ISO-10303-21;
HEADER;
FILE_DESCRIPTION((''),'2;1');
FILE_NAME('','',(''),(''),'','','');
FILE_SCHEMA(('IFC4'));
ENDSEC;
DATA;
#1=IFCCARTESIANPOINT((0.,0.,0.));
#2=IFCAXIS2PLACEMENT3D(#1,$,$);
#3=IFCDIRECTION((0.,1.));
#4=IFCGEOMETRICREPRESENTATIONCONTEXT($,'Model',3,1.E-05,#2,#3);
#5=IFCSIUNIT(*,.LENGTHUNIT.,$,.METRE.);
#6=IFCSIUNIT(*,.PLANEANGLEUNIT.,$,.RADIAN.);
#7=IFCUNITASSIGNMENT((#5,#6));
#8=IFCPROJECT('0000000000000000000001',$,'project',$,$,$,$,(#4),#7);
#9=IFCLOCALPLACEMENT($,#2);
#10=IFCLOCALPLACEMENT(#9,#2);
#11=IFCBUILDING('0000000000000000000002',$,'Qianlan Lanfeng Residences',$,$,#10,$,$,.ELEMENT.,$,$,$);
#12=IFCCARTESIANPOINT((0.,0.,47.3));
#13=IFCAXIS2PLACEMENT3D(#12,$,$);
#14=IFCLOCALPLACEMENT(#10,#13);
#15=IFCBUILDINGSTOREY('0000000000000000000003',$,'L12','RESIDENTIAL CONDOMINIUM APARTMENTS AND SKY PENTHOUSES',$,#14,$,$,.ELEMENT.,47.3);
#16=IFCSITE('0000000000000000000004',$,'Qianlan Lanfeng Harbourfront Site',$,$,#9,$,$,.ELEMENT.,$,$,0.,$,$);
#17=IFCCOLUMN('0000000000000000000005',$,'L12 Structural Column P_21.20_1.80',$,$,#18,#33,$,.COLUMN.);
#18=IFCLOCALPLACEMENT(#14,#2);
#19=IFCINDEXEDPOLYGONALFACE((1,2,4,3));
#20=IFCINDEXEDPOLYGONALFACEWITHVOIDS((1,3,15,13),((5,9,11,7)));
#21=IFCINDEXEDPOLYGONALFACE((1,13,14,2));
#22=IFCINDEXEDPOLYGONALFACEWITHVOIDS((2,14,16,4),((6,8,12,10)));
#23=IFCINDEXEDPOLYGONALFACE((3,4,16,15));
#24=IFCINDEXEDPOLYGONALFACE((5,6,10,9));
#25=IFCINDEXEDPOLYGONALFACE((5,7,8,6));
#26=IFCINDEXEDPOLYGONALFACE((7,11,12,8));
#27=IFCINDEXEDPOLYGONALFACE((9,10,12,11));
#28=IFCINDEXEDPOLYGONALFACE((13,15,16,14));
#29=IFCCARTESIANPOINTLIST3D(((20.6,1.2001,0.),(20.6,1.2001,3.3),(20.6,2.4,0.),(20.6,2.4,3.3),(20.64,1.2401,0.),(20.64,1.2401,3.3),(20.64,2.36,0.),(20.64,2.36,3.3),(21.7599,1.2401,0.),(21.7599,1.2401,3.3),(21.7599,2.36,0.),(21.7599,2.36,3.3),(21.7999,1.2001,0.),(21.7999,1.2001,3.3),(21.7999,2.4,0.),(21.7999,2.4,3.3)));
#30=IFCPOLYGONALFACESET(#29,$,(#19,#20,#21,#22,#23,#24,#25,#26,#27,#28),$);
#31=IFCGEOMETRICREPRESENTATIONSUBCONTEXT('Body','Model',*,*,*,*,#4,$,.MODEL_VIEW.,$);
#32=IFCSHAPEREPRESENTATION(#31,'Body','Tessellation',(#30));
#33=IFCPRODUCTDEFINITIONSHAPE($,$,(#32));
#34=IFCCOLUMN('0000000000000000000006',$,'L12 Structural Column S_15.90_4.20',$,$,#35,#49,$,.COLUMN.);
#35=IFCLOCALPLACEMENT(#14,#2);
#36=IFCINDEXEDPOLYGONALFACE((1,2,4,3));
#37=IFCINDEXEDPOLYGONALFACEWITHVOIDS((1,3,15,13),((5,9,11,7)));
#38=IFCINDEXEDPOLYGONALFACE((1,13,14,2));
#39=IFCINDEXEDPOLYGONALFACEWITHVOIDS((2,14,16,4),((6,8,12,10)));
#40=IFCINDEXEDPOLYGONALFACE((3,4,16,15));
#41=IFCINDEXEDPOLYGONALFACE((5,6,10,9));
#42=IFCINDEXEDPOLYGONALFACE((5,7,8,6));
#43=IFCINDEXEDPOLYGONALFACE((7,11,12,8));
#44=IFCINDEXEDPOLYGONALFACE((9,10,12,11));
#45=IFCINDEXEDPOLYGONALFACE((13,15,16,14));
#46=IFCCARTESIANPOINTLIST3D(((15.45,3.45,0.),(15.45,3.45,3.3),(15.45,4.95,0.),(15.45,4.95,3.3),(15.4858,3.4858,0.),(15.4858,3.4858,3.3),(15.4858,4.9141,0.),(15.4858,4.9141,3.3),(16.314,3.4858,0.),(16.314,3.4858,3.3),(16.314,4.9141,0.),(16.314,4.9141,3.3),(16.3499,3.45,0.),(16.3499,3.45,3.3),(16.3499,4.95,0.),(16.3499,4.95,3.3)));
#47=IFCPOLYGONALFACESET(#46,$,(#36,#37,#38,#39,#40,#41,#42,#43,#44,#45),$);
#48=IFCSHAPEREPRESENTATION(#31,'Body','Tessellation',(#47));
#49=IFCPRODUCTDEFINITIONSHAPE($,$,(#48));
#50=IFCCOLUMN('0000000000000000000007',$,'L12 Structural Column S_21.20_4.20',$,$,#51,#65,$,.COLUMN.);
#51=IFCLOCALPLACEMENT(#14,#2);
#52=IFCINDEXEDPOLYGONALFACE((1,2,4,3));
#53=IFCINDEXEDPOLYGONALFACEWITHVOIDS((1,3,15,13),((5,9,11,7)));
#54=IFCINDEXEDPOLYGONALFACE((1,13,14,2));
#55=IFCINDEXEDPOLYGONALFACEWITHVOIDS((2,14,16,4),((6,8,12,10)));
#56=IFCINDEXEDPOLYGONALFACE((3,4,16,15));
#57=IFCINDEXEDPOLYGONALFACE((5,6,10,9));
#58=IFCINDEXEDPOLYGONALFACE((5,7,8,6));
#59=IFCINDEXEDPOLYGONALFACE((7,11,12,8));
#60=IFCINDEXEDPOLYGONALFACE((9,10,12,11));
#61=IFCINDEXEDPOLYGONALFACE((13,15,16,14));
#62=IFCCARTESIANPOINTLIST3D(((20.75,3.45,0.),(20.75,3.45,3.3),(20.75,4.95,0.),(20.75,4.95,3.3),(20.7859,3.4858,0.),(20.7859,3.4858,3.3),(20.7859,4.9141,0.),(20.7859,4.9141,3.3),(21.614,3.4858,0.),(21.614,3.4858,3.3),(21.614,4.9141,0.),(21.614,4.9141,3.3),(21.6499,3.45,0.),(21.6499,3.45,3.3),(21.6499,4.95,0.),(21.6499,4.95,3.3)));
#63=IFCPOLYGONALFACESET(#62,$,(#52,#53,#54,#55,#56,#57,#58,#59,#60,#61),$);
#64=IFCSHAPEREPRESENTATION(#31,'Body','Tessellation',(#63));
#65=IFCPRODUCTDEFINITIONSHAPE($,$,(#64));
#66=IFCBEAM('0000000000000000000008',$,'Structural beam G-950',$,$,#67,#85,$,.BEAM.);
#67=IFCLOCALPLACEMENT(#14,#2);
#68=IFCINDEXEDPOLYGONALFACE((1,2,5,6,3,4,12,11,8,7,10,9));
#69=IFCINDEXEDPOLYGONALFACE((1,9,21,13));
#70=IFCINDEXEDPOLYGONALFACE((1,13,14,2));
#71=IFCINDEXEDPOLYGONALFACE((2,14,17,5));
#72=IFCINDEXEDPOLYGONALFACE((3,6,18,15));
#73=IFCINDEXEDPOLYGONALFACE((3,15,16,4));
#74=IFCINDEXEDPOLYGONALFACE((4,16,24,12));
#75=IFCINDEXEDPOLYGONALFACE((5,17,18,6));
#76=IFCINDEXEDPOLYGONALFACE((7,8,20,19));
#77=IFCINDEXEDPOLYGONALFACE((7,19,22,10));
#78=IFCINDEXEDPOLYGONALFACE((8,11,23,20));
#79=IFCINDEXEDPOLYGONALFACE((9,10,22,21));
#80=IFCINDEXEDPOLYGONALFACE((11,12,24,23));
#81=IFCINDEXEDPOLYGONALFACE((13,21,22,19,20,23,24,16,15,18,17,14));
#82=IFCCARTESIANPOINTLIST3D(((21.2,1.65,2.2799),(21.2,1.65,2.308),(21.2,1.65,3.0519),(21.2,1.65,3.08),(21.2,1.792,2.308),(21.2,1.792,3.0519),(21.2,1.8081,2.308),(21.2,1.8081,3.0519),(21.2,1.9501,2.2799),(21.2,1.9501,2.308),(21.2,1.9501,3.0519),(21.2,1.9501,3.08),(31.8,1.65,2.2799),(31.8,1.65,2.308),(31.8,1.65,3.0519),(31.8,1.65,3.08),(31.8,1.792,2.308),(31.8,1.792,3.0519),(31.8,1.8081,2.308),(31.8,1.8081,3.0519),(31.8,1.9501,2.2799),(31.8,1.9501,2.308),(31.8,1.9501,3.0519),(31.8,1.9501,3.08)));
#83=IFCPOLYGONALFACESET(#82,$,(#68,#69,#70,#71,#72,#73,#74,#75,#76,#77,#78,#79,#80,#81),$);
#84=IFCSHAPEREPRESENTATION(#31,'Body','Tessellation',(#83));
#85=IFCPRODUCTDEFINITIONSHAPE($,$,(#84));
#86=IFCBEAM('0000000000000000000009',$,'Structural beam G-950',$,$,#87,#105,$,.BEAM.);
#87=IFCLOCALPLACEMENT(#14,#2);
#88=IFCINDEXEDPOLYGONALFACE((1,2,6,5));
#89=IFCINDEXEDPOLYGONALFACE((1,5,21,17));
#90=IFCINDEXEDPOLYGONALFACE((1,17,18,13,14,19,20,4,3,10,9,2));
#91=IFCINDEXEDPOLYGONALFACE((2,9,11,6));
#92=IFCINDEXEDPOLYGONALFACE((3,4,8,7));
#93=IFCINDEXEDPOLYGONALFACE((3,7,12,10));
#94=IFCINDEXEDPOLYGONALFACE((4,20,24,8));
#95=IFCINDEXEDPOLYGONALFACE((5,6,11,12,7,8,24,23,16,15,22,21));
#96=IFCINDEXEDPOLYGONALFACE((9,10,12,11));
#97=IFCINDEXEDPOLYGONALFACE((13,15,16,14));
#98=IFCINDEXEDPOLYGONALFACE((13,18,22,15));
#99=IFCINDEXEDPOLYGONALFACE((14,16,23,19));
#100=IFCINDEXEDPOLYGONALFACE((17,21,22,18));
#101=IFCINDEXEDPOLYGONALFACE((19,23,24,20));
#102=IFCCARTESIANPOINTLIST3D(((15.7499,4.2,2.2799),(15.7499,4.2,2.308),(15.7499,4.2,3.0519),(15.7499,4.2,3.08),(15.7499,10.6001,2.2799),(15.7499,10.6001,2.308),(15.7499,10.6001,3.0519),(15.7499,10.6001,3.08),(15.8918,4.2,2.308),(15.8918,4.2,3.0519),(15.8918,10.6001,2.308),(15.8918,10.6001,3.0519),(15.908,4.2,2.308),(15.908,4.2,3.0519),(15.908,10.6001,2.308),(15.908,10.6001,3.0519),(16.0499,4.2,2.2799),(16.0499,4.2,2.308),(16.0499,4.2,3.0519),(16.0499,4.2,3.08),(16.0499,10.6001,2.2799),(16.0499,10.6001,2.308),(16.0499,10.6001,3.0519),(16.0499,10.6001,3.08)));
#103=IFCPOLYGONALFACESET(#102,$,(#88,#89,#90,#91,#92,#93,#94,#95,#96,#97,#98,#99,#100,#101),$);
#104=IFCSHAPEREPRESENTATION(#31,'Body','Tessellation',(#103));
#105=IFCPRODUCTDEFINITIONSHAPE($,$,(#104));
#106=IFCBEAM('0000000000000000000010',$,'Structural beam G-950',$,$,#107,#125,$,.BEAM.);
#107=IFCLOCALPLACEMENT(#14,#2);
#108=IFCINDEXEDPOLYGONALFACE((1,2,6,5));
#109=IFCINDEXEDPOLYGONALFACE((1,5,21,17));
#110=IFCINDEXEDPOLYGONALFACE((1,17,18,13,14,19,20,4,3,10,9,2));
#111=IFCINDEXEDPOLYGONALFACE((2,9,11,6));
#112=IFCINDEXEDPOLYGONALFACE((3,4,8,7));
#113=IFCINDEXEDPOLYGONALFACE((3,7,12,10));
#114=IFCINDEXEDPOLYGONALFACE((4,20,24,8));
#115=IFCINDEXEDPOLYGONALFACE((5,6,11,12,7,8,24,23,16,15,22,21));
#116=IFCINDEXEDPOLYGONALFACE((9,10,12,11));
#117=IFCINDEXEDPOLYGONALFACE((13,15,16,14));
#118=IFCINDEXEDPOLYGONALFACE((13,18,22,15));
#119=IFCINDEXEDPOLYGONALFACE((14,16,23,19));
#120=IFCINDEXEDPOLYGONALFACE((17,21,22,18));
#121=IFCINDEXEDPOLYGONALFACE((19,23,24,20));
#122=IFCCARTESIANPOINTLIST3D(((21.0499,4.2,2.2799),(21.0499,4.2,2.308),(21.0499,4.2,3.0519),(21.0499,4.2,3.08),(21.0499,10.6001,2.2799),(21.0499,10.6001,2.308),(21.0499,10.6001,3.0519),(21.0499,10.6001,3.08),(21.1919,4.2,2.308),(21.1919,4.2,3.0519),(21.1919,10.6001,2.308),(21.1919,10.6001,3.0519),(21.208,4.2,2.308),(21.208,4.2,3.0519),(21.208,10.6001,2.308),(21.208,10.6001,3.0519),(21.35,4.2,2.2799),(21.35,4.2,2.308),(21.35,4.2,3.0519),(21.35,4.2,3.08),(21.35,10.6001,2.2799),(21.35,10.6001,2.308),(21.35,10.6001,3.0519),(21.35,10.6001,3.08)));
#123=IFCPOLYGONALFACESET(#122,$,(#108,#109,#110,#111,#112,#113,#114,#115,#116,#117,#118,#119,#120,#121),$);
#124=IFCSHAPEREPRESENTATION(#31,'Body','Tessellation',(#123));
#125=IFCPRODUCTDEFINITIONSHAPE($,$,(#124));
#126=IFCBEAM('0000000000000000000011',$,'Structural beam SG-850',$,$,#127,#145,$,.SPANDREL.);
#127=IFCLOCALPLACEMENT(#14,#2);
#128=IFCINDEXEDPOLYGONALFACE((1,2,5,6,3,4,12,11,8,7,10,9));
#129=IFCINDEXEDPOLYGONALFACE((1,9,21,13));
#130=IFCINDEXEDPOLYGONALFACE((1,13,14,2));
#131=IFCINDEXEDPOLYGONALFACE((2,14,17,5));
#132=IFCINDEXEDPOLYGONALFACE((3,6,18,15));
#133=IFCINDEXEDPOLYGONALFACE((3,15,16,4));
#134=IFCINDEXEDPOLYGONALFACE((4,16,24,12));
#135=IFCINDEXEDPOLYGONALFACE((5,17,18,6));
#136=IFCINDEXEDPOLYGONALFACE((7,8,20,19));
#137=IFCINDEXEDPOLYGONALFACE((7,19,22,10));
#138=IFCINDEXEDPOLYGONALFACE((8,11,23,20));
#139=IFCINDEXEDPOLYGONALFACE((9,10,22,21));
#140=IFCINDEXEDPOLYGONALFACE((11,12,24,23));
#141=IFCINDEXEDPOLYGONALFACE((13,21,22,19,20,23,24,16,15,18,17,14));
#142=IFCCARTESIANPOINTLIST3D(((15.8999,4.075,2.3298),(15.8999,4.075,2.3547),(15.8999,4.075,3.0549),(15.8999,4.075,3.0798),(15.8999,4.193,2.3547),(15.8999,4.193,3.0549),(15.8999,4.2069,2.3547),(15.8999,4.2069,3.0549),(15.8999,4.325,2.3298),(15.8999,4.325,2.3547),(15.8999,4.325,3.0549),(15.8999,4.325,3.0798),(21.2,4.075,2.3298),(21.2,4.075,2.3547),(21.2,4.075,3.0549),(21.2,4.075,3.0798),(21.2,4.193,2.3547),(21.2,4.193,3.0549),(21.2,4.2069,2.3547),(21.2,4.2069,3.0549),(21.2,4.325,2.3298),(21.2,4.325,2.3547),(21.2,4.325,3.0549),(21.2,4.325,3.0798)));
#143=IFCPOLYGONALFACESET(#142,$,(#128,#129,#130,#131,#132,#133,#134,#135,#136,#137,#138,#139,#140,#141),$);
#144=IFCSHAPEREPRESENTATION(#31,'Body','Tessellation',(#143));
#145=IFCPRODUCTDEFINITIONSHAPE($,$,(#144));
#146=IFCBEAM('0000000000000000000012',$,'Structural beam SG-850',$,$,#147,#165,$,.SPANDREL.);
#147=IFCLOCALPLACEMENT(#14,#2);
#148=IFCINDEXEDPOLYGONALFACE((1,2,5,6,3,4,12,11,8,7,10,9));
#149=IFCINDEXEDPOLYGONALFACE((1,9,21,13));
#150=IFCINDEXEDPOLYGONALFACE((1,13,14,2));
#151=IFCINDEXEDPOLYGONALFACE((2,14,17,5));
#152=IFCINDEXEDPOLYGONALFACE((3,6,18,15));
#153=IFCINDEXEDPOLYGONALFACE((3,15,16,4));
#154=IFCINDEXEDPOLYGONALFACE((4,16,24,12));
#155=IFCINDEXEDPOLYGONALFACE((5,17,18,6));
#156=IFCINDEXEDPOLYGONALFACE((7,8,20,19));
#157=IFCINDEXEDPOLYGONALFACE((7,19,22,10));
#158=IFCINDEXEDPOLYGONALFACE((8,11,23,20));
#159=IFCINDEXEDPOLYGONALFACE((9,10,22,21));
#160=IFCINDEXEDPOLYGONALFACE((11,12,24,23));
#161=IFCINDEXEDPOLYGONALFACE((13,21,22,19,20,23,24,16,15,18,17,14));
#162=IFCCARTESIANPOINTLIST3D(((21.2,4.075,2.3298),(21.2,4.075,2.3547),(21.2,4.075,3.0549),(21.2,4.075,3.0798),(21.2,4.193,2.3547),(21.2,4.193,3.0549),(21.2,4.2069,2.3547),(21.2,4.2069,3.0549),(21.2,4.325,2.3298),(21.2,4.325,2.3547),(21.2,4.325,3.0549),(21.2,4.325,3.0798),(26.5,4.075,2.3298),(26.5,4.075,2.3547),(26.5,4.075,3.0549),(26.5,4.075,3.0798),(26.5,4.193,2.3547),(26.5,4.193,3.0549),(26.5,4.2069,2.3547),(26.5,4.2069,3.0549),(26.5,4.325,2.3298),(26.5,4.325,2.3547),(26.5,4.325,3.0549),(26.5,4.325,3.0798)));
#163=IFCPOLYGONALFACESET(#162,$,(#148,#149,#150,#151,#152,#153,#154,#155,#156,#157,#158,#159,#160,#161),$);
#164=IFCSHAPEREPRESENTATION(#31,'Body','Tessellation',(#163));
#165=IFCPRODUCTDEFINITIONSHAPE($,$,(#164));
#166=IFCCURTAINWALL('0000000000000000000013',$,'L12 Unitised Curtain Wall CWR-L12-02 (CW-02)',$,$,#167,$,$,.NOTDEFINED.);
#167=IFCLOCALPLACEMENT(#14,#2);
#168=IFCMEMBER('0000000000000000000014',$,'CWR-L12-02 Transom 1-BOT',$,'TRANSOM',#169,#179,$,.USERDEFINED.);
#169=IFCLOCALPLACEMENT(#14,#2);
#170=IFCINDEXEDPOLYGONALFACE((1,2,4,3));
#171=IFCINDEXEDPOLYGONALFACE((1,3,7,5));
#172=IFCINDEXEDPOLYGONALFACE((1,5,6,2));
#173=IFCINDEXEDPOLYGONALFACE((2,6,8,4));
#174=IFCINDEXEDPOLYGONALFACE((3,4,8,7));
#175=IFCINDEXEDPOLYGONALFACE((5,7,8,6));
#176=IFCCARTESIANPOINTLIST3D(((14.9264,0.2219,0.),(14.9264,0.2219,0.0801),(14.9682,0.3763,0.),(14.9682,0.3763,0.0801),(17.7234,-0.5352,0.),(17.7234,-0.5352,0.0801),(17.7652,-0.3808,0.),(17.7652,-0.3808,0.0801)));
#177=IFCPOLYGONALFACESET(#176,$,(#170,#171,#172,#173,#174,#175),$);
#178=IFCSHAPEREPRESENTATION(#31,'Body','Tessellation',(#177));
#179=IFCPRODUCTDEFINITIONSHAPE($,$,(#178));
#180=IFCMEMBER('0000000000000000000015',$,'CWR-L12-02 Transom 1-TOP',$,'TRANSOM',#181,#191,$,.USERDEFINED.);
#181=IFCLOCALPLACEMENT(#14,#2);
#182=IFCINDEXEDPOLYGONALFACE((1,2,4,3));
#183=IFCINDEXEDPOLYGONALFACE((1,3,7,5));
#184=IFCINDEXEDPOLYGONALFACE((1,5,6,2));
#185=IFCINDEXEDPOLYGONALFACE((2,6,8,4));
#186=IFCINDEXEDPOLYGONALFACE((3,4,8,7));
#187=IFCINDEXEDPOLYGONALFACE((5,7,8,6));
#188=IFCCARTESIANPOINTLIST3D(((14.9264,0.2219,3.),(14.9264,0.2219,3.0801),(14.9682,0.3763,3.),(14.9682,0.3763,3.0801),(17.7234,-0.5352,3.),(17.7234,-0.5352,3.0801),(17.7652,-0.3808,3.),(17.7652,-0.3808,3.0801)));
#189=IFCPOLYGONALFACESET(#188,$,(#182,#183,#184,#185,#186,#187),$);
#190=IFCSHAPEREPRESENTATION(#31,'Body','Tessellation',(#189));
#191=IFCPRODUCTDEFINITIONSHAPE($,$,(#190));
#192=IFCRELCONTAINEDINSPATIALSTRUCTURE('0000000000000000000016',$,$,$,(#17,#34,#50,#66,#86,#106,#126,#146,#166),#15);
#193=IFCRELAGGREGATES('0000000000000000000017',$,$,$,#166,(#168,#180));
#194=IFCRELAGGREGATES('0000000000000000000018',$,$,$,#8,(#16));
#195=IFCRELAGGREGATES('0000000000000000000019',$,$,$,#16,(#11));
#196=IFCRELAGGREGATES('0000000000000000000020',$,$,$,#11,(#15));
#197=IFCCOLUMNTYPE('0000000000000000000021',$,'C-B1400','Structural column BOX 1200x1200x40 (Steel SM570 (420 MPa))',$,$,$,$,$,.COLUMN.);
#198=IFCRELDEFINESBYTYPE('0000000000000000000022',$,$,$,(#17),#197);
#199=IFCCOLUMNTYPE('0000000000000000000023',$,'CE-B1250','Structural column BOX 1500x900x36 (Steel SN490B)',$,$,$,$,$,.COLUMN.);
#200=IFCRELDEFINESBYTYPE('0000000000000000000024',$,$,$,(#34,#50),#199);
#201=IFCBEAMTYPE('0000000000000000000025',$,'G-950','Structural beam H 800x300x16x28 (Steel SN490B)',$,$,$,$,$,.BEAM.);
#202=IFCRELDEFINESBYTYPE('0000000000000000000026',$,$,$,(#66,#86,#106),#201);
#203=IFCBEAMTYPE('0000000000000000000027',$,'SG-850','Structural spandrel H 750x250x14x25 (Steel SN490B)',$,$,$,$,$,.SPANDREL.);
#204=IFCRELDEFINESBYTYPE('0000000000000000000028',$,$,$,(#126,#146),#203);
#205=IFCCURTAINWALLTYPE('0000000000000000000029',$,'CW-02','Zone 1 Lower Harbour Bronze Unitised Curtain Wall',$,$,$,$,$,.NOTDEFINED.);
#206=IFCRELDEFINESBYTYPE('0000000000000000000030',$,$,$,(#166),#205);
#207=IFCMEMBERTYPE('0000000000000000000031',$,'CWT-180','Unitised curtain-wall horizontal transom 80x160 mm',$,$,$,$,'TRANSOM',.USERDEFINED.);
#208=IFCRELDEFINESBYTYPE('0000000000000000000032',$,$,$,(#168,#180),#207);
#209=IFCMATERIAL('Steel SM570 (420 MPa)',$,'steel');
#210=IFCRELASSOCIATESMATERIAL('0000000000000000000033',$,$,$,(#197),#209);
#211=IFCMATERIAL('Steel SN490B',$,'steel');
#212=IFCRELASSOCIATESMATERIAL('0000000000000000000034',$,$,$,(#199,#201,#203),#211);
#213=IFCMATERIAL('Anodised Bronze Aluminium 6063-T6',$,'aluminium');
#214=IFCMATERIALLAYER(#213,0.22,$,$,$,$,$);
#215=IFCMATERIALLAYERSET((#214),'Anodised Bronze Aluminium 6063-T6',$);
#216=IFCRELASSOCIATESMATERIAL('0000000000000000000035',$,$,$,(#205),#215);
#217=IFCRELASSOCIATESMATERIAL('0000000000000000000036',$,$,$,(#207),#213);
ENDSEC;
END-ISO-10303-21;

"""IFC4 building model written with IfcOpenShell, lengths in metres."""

from ifc_helpers import new_model, si_unit, direction, frame, origin, origin_2d, place, context, subcontext, project, spatial, rectangle, hollow_rectangle, i_section, extrude, source, transform, mapped, material, layer, layer_set, material_profile, profile_set, type_object, element, aggregate, save


model = new_model("IFC4")

# Units and contexts
model_context = context("Model", 3, precision=1e-05, world=origin(), true_north=direction((0.0, 1.0)))
body_context = subcontext(model_context, "Body", "Model", "MODEL_VIEW")
ifc_project = project(units=[si_unit("LENGTHUNIT", "METRE"), si_unit("PLANEANGLEUNIT", "RADIAN")], contexts=[model_context])

# Site, building, storey
site_placement = place(None, origin())
site = spatial("IfcSite", under=ifc_project, at=site_placement, Name="Qianlan Lanfeng Harbourfront Site", CompositionType="ELEMENT", RefElevation=0.0)
building_placement = place(site_placement, origin())
building = spatial("IfcBuilding", under=site, at=building_placement, Name="Qianlan Lanfeng Residences", CompositionType="ELEMENT")
storey_placement = place(building_placement, frame((0.0, 0.0, 47.3)))
storey = spatial("IfcBuildingStorey", under=building, at=storey_placement, Name="L12", Description="RESIDENTIAL CONDOMINIUM APARTMENTS AND SKY PENTHOUSES", CompositionType="ELEMENT", Elevation=47.3)

# Columns
ifc_material_1 = material(Name="Steel SM570 (420 MPa)", Category="steel")
ifc_material_profile_1 = material_profile(ifc_material_1, hollow_rectangle(XDim=1.2, YDim=1.2, WallThickness=0.04, at=origin_2d()), Name="BOX 1200x1200x40")
ifc_profile_set_1 = profile_set([ifc_material_profile_1], Name="Steel SM570 (420 MPa)")
column_type_1 = type_object("IfcColumnType", Name="C-B1400", Description="Structural column BOX 1200x1200x40 (Steel SM570 (420 MPa))", PredefinedType="COLUMN", material=ifc_profile_set_1)
column_placement = place(storey_placement, frame((21.2, 1.8, 0.0), z_axis=(0.0, 0.0, 1.0), x_axis=(1.0, 0.0, 0.0)))
element("IfcColumn", 1, at=column_placement, inside=storey, type_object=column_type_1, Name="L12 Structural Column P_21.20_1.80", PredefinedType="COLUMN", context=body_context, shape_type="SweptSolid", body=[
    extrude(hollow_rectangle(XDim=1.2, YDim=1.2, WallThickness=0.04, at=origin_2d()), origin(), (0.0, 0.0, 1.0), 3.3),
])
ifc_material_2 = material(Name="Steel SN490B", Category="steel")
ifc_material_profile_2 = material_profile(ifc_material_2, hollow_rectangle(XDim=0.8999, YDim=1.5, WallThickness=0.0359, at=origin_2d()), Name="BOX 1500x900x36")
ifc_profile_set_2 = profile_set([ifc_material_profile_2], Name="Steel SN490B")
column_type_2 = type_object("IfcColumnType", Name="CE-B1250", Description="Structural column BOX 1500x900x36 (Steel SN490B)", PredefinedType="COLUMN", material=ifc_profile_set_2)
for number, where, z_axis, x_axis, name in (
    (2, (15.8999, 4.2, 0.0), (0.0, 0.0, 1.0), (1.0, 0.0, 0.0), "L12 Structural Column S_15.90_4.20"),
    (3, (21.2, 4.2, 0.0), (0.0, 0.0, 1.0), (1.0, 0.0, 0.0), "L12 Structural Column S_21.20_4.20"),
):
    element("IfcColumn", number, at=place(storey_placement, frame(where, z_axis=z_axis, x_axis=x_axis)), inside=storey, type_object=column_type_2, Name=name, PredefinedType="COLUMN", context=body_context, shape_type="SweptSolid", body=[
        extrude(hollow_rectangle(XDim=0.8999, YDim=1.5, WallThickness=0.0359, at=origin_2d()), origin(), (0.0, 0.0, 1.0), 3.3),
    ])

# Beams
ifc_material_profile_3 = material_profile(ifc_material_2, i_section(OverallWidth=0.3, OverallDepth=0.8, WebThickness=0.0161, FlangeThickness=0.0281, at=origin_2d()), Name="H 800x300x16x28")
ifc_profile_set_3 = profile_set([ifc_material_profile_3], Name="Steel SN490B")
beam_type_1 = type_object("IfcBeamType", Name="G-950", Description="Structural beam H 800x300x16x28 (Steel SN490B)", PredefinedType="BEAM", material=ifc_profile_set_3)
beam_placement = place(storey_placement, frame((21.2, 1.8, 2.6799), z_axis=(1.0, 0.0, 0.0), x_axis=(0.0, 1.0, 0.0)))
element("IfcBeam", 4, at=beam_placement, inside=storey, type_object=beam_type_1, Name="Structural beam G-950", PredefinedType="BEAM", context=body_context, shape_type="SweptSolid", body=[
    extrude(i_section(OverallWidth=0.3, OverallDepth=0.8, WebThickness=0.0161, FlangeThickness=0.0281, at=origin_2d()), origin(), (0.0, 0.0, 1.0), 10.6001),
])
for number, where, z_axis, x_axis, name in (
    (5, (15.8999, 4.2, 2.6799), (0.0, 1.0, 0.0), (-1.0, 0.0, 0.0), "Structural beam G-950"),
    (6, (21.2, 4.2, 2.6799), (0.0, 1.0, 0.0), (-1.0, 0.0, 0.0), "Structural beam G-950"),
):
    element("IfcBeam", number, at=place(storey_placement, frame(where, z_axis=z_axis, x_axis=x_axis)), inside=storey, type_object=beam_type_1, Name=name, PredefinedType="BEAM", context=body_context, shape_type="SweptSolid", body=[
        extrude(i_section(OverallWidth=0.3, OverallDepth=0.8, WebThickness=0.0161, FlangeThickness=0.0281, at=origin_2d()), origin(), (0.0, 0.0, 1.0), 6.4001),
    ])
ifc_material_profile_4 = material_profile(ifc_material_2, i_section(OverallWidth=0.25, OverallDepth=0.75, WebThickness=0.0139, FlangeThickness=0.0249, at=origin_2d()), Name="H 750x250x14x25")
ifc_profile_set_4 = profile_set([ifc_material_profile_4], Name="Steel SN490B")
beam_type_2 = type_object("IfcBeamType", Name="SG-850", Description="Structural spandrel H 750x250x14x25 (Steel SN490B)", PredefinedType="SPANDREL", material=ifc_profile_set_4)
for number, where, z_axis, x_axis, name in (
    (7, (15.8999, 4.2, 2.7048), (1.0, 0.0, 0.0), (0.0, 1.0, 0.0), "Structural beam SG-850"),
    (8, (21.2, 4.2, 2.7048), (1.0, 0.0, 0.0), (0.0, 1.0, 0.0), "Structural beam SG-850"),
):
    element("IfcBeam", number, at=place(storey_placement, frame(where, z_axis=z_axis, x_axis=x_axis)), inside=storey, type_object=beam_type_2, Name=name, PredefinedType="SPANDREL", context=body_context, shape_type="SweptSolid", body=[
        extrude(i_section(OverallWidth=0.25, OverallDepth=0.75, WebThickness=0.0139, FlangeThickness=0.0249, at=origin_2d()), origin(), (0.0, 0.0, 1.0), 5.3),
    ])

# Curtain wall, members
ifc_material_3 = material(Name="Anodised Bronze Aluminium 6063-T6", Category="aluminium")
ifc_layer_1 = layer(ifc_material_3, 0.22)
ifc_layer_set_1 = layer_set([ifc_layer_1], Name="Anodised Bronze Aluminium 6063-T6")
curtain_wall_type = type_object("IfcCurtainWallType", Name="CW-02", Description="Zone 1 Lower Harbour Bronze Unitised Curtain Wall", PredefinedType="NOTDEFINED", material=ifc_layer_set_1)
curtain_wall_placement = place(storey_placement, origin())
curtain_wall = element("IfcCurtainWall", 9, at=curtain_wall_placement, inside=storey, type_object=curtain_wall_type, Name="L12 Unitised Curtain Wall CWR-L12-02 (CW-02)", PredefinedType="NOTDEFINED")
ifc_material_profile_5 = material_profile(ifc_material_3, rectangle(XDim=0.0801, YDim=0.1599, at=origin_2d()), Name="ALU TRANSOM 80x160")
ifc_profile_set_5 = profile_set([ifc_material_profile_5], Name="Anodised Bronze Aluminium 6063-T6")
member_type_1 = type_object("IfcMemberType", Name="CWT-180", Description="Unitised curtain-wall horizontal transom 80x160 mm", ElementType="TRANSOM", PredefinedType="USERDEFINED", material=ifc_profile_set_5)
shared_shape_1 = source(origin(), body_context, "Body", "SweptSolid", [
    extrude(rectangle(XDim=0.0801, YDim=0.1599, at=origin_2d()), origin(), (0.0, 0.0, 1.0), 2.8977),
])
member_1_placement = place(storey_placement, frame((14.9473, 0.2991, 0.04), z_axis=(0.965268, -0.261263, 0.0), x_axis=(0.0, 0.0, 1.0)))
member_1 = element("IfcMember", 10, at=member_1_placement, type_object=member_type_1, Name="CWR-L12-02 Transom 1-BOT", ObjectType="TRANSOM", PredefinedType="USERDEFINED", context=body_context, shape_type="MappedRepresentation", body=[
    mapped(shared_shape_1, transform((0.0, 0.0, 0.0), scale=1.0)),
])
member_2_placement = place(storey_placement, frame((14.9473, 0.2991, 3.04), z_axis=(0.965268, -0.261263, 0.0), x_axis=(0.0, 0.0, 1.0)))
member_2 = element("IfcMember", 11, at=member_2_placement, type_object=member_type_1, Name="CWR-L12-02 Transom 1-TOP", ObjectType="TRANSOM", PredefinedType="USERDEFINED", context=body_context, shape_type="MappedRepresentation", body=[
    mapped(shared_shape_1, transform((0.0, 0.0, 0.0), scale=1.0)),
])
aggregate(curtain_wall, [member_1, member_2])

save(model, "model.ifc")
